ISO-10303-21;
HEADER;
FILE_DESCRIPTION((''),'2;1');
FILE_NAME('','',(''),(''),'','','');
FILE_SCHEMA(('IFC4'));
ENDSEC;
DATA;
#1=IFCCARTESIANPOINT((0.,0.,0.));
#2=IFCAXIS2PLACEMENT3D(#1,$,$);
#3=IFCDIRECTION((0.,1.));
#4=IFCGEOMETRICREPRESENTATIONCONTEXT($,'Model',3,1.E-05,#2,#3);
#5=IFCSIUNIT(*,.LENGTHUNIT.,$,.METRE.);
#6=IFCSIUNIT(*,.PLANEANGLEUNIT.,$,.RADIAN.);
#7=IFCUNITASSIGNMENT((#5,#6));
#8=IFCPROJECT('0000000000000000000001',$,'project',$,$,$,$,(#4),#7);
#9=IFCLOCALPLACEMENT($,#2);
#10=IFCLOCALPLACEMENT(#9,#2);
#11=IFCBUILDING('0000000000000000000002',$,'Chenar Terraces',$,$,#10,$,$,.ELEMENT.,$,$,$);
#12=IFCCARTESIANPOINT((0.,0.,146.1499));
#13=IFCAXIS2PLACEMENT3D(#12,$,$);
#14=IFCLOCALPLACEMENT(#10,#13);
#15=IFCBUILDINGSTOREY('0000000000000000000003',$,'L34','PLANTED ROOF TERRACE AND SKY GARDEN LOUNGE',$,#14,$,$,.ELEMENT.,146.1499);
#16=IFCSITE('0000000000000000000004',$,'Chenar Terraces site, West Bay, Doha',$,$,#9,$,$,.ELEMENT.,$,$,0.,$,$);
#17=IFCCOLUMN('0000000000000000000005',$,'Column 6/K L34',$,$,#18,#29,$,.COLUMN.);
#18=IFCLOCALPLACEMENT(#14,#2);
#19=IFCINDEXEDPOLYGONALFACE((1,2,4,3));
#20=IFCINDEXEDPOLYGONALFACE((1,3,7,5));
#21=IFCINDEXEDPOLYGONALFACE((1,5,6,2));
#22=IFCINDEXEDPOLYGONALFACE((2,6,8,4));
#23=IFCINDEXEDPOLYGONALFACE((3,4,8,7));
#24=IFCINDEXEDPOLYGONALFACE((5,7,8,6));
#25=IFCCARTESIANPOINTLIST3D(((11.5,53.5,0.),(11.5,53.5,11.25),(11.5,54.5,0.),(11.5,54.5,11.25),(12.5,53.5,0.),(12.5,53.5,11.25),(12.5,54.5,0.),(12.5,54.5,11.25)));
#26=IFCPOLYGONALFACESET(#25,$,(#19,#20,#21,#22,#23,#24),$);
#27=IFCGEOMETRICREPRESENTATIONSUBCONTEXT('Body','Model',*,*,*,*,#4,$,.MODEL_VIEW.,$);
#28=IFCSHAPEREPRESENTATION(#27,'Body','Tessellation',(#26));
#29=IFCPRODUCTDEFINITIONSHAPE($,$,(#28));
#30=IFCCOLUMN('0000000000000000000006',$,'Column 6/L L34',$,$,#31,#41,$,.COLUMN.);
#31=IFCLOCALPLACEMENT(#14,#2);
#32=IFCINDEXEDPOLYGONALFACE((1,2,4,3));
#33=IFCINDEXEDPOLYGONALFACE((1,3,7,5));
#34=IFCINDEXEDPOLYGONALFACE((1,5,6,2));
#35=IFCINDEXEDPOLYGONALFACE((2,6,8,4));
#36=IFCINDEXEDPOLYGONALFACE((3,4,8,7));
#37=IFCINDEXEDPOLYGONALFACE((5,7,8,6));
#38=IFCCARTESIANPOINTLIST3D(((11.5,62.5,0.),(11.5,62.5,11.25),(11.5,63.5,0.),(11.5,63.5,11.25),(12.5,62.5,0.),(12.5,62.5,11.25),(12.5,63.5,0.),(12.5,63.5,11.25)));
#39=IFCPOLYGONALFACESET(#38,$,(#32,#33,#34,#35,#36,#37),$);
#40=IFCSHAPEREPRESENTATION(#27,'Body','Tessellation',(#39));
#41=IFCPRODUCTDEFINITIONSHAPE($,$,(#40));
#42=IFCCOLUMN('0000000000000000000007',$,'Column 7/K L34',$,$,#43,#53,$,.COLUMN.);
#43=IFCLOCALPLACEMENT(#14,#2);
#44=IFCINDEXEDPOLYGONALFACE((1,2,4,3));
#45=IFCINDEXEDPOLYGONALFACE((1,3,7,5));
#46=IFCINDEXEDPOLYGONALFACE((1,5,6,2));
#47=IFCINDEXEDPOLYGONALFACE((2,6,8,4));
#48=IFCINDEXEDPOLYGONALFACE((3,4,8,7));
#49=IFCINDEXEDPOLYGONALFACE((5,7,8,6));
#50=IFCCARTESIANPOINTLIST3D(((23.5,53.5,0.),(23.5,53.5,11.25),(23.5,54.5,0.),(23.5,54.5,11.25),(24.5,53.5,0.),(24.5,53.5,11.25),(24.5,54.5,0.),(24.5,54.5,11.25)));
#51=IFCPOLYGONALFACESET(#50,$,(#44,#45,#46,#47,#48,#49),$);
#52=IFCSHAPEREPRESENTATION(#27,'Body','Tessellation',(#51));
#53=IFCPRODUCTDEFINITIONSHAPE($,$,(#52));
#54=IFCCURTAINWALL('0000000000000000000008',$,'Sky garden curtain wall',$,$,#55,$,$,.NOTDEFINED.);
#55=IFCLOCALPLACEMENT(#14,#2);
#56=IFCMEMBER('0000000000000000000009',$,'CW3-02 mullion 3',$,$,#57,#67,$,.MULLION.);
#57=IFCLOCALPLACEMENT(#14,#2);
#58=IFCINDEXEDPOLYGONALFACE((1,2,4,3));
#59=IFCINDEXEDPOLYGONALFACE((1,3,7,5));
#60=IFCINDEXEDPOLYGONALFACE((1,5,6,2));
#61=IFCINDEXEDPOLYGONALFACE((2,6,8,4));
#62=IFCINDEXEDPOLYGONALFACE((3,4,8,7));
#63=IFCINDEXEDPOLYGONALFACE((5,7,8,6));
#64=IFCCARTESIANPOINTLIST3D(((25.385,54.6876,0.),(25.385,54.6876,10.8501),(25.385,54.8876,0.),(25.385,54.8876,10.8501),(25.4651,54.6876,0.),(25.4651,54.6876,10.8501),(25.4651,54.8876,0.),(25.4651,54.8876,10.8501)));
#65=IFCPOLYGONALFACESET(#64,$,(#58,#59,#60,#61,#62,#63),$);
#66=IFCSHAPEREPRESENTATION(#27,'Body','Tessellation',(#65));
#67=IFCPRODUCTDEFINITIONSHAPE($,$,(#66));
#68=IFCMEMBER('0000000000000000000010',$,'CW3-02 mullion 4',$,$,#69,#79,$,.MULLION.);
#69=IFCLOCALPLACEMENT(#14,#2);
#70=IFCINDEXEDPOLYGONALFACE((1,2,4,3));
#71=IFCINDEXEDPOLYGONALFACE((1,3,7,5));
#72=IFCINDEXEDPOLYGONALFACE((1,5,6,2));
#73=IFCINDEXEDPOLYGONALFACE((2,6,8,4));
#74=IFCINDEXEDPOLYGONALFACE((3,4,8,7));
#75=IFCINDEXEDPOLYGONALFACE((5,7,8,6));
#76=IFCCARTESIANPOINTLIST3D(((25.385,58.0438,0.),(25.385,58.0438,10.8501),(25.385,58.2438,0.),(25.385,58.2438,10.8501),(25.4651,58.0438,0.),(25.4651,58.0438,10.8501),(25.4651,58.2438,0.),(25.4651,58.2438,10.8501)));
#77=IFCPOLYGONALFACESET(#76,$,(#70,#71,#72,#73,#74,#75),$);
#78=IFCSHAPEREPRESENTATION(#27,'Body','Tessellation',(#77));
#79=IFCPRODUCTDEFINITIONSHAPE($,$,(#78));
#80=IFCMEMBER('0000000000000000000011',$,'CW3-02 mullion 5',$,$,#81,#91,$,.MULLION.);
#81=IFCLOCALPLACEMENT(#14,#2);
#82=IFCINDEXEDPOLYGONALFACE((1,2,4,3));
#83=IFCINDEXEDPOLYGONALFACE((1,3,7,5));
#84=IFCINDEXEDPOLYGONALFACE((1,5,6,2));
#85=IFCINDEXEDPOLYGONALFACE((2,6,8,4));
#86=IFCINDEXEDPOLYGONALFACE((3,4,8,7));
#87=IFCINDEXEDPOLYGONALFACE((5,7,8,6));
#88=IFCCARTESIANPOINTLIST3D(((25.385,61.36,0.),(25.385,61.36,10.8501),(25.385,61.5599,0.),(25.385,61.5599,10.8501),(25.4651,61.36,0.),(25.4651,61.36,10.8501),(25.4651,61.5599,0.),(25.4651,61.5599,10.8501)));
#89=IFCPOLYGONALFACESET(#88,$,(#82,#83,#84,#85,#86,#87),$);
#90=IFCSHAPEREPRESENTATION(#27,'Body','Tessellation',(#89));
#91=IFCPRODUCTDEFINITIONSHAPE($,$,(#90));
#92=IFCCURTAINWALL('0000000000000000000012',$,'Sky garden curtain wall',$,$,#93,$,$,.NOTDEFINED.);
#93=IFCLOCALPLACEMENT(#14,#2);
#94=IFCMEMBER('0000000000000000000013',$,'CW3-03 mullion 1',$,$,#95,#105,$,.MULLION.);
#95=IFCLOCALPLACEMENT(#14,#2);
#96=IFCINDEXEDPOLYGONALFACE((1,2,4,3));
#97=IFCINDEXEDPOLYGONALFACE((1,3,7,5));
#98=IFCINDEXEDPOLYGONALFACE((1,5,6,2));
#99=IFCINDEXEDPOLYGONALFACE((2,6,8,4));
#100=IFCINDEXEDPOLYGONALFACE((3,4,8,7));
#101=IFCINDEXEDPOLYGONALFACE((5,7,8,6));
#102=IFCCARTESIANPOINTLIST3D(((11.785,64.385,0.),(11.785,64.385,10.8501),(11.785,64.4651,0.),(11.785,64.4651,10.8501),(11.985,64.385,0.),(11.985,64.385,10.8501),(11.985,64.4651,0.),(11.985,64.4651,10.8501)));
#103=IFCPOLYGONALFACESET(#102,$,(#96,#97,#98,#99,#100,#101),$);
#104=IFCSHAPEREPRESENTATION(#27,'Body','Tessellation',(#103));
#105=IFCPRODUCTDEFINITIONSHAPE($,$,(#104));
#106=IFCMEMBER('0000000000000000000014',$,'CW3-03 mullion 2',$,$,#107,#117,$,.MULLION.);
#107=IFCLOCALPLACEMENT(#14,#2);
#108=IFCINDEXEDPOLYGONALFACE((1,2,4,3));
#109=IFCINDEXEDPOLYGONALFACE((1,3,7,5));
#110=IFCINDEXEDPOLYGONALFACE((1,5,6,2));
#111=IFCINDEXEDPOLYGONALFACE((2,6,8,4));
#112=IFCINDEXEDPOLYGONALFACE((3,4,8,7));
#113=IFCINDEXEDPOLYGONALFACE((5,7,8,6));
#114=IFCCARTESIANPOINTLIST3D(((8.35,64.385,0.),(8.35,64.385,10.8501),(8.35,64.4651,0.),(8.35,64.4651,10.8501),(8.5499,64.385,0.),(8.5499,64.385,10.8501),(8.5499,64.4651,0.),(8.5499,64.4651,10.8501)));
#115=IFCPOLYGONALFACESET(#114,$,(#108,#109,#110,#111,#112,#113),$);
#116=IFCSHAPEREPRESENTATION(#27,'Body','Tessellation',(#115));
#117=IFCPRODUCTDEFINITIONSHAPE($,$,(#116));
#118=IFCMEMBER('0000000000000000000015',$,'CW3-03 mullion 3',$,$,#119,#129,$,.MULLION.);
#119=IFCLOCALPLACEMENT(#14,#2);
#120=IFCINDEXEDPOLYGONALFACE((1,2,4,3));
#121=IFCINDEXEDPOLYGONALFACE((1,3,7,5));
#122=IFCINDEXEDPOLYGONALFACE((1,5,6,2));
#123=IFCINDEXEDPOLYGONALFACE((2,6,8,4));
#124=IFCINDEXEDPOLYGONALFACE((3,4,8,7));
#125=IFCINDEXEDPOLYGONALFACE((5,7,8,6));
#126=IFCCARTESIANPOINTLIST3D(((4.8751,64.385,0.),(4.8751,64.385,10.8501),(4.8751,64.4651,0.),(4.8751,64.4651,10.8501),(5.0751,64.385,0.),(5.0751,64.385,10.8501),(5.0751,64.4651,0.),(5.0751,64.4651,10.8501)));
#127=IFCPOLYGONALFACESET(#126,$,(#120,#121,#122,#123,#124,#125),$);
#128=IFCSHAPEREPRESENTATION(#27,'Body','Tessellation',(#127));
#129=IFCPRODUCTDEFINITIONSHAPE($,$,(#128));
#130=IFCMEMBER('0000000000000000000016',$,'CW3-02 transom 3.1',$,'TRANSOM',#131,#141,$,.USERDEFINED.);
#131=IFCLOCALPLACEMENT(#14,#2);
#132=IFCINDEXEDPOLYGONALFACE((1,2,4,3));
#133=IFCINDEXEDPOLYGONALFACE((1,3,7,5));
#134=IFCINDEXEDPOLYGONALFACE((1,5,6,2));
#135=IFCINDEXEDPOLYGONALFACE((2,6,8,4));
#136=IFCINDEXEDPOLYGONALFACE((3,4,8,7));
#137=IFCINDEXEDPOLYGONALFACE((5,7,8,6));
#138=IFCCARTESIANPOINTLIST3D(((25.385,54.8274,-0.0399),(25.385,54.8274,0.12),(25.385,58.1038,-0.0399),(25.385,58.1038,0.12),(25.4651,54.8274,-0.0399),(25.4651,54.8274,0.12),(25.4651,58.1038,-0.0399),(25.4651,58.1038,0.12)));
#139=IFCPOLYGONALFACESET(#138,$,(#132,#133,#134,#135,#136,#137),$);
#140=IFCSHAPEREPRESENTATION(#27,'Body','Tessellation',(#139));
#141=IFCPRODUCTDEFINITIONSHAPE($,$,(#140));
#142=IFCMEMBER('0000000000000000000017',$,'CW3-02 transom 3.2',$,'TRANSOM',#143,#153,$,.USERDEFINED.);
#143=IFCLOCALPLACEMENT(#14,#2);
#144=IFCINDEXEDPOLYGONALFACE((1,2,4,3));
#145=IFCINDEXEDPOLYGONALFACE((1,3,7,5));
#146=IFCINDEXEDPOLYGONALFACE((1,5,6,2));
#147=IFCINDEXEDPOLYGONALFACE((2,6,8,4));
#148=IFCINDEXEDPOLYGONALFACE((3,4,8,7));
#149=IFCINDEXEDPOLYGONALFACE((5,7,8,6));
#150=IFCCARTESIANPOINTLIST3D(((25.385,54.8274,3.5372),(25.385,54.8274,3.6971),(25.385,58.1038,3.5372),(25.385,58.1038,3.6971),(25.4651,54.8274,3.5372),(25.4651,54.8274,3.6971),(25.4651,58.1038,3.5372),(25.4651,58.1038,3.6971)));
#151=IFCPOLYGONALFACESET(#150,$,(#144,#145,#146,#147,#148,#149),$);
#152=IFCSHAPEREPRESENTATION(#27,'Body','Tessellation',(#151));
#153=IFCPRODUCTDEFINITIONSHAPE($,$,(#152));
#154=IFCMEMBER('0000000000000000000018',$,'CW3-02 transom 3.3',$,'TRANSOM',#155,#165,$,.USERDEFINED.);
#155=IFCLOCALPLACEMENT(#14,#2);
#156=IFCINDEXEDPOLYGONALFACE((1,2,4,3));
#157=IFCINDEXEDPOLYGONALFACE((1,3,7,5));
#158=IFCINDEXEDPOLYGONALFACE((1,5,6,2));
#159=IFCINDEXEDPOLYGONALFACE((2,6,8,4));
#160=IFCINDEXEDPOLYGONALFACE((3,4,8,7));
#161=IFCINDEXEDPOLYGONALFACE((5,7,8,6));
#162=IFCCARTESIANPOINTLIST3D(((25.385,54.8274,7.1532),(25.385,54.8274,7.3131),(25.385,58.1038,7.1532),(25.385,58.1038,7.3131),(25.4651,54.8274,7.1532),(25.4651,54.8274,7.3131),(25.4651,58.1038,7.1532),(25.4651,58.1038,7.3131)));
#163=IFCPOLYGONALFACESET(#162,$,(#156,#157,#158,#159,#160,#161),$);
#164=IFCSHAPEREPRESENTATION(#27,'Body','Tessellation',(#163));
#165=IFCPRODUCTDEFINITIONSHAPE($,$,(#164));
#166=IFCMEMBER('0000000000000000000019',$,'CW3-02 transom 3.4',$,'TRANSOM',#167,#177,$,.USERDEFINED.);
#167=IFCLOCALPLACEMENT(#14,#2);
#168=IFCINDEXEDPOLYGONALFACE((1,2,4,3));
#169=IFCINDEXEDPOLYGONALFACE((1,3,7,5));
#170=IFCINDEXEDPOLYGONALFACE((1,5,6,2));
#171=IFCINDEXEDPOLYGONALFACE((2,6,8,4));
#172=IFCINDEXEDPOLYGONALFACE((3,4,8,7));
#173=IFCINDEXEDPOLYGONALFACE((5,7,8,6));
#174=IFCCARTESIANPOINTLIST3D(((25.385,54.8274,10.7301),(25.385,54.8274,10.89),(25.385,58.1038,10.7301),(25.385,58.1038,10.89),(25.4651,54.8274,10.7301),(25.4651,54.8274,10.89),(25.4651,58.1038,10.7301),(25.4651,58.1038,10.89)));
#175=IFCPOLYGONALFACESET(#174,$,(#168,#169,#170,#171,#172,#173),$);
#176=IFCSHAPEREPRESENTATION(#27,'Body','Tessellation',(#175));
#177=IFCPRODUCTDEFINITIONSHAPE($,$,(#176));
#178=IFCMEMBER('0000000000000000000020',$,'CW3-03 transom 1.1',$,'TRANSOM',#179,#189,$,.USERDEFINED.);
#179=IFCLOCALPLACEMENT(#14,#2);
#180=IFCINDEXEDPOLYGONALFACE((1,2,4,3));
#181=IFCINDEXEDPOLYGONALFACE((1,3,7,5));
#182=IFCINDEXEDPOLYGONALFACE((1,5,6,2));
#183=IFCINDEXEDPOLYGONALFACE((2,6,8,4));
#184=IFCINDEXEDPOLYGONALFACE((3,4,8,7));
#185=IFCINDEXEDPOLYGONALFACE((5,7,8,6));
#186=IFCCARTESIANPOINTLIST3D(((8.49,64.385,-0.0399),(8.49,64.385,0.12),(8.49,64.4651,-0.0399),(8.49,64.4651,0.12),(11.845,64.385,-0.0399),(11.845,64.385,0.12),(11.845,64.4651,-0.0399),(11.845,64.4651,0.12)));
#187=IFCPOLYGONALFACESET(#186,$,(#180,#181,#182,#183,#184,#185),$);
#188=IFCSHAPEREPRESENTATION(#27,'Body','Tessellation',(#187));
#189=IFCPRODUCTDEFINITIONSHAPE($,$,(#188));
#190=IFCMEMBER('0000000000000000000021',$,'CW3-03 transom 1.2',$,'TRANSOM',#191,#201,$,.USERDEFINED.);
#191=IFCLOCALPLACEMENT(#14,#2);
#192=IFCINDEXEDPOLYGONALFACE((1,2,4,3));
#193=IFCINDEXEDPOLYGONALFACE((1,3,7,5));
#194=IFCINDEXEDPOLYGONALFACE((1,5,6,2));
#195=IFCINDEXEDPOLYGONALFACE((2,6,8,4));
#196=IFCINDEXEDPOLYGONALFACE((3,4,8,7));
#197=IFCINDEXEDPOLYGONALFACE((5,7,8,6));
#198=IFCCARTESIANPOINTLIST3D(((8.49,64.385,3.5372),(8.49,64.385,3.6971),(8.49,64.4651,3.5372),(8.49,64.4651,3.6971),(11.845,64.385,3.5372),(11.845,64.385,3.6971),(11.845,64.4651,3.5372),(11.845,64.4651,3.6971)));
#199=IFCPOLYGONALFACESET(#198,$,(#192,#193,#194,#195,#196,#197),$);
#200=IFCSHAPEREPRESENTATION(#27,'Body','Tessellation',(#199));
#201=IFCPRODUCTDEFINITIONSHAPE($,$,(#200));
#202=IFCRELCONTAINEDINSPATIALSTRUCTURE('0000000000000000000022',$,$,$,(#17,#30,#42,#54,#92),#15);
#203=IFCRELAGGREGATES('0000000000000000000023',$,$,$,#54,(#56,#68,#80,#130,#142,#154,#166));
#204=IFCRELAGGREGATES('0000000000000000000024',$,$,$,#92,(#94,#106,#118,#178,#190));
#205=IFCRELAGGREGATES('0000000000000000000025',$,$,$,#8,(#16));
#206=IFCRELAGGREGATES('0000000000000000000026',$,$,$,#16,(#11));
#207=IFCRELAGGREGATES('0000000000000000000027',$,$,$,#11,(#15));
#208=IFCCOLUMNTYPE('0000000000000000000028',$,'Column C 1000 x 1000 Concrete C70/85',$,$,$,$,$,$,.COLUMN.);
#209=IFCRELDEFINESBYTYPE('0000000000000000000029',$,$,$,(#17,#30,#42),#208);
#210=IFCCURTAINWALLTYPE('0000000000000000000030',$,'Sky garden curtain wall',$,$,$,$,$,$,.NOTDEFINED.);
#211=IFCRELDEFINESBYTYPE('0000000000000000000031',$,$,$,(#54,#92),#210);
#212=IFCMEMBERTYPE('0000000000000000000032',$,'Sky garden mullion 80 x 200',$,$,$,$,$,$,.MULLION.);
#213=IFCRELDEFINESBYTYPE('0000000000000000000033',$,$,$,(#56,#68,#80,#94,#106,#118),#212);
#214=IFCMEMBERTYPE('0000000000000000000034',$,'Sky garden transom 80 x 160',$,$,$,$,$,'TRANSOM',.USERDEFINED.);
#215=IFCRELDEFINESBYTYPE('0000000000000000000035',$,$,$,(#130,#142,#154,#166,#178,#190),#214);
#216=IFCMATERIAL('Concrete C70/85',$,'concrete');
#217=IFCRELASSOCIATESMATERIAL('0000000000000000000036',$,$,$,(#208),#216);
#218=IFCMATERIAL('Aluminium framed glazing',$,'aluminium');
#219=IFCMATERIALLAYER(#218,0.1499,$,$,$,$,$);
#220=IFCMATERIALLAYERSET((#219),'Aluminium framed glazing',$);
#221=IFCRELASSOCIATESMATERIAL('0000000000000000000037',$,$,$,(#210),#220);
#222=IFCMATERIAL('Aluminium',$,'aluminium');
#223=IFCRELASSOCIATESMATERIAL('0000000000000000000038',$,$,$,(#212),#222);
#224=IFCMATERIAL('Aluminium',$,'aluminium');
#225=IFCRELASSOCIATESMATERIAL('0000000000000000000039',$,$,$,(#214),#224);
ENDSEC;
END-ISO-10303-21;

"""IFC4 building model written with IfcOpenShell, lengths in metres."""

from ifc_helpers import new_model, si_unit, direction, frame, origin, origin_2d, place, context, subcontext, project, spatial, rectangle, extrude, material, layer, layer_set, material_profile, profile_set, type_object, element, aggregate, save


model = new_model("IFC4")

# Units and contexts
model_context = context("Model", 3, precision=1e-05, world=origin(), true_north=direction((0.0, 1.0)))
body_context = subcontext(model_context, "Body", "Model", "MODEL_VIEW")
ifc_project = project(units=[si_unit("LENGTHUNIT", "METRE"), si_unit("PLANEANGLEUNIT", "RADIAN")], contexts=[model_context])

# Site, building, storey
site_placement = place(None, origin())
site = spatial("IfcSite", under=ifc_project, at=site_placement, Name="Chenar Terraces site, West Bay, Doha", CompositionType="ELEMENT", RefElevation=0.0)
building_placement = place(site_placement, origin())
building = spatial("IfcBuilding", under=site, at=building_placement, Name="Chenar Terraces", CompositionType="ELEMENT")
storey_placement = place(building_placement, frame((0.0, 0.0, 146.1499)))
storey = spatial("IfcBuildingStorey", under=building, at=storey_placement, Name="L34", Description="PLANTED ROOF TERRACE AND SKY GARDEN LOUNGE", CompositionType="ELEMENT", Elevation=146.1499)

# Columns
ifc_material_1 = material(Name="Concrete C70/85", Category="concrete")
ifc_material_profile_1 = material_profile(ifc_material_1, rectangle(XDim=1.0, YDim=1.0, at=origin_2d()), Name="C 1000 x 1000")
ifc_profile_set_1 = profile_set([ifc_material_profile_1], Name="Concrete C70/85")
column_type = type_object("IfcColumnType", Name="Column C 1000 x 1000 Concrete C70/85", PredefinedType="COLUMN", material=ifc_profile_set_1)
for number, where, z_axis, x_axis, name in (
    (1, (12.0, 54.0, 0.0), (0.0, 0.0, 1.0), (1.0, 0.0, 0.0), "Column 6/K L34"),
    (2, (12.0, 63.0, 0.0), (0.0, 0.0, 1.0), (1.0, 0.0, 0.0), "Column 6/L L34"),
    (3, (24.0, 54.0, 0.0), (0.0, 0.0, 1.0), (1.0, 0.0, 0.0), "Column 7/K L34"),
):
    element("IfcColumn", number, at=place(storey_placement, frame(where, z_axis=z_axis, x_axis=x_axis)), inside=storey, type_object=column_type, Name=name, PredefinedType="COLUMN", context=body_context, shape_type="SweptSolid", body=[
        extrude(rectangle(XDim=1.0, YDim=1.0, at=origin_2d()), origin(), (0.0, 0.0, 1.0), 11.25),
    ])

# Curtain walls, members
ifc_material_2 = material(Name="Aluminium framed glazing", Category="aluminium")
ifc_layer_1 = layer(ifc_material_2, 0.1499)
ifc_layer_set_1 = layer_set([ifc_layer_1], Name="Aluminium framed glazing")
curtain_wall_type = type_object("IfcCurtainWallType", Name="Sky garden curtain wall", PredefinedType="NOTDEFINED", material=ifc_layer_set_1)
placement = place(storey_placement, origin())
curtain_wall_1 = element("IfcCurtainWall", 4, at=placement, inside=storey, type_object=curtain_wall_type, Name="Sky garden curtain wall", PredefinedType="NOTDEFINED")
ifc_material_3 = material(Name="Aluminium", Category="aluminium")
ifc_material_profile_2 = material_profile(ifc_material_3, rectangle(XDim=0.0801, YDim=0.2, at=origin_2d()), Name="Sky garden mullion 80 x 200")
ifc_profile_set_2 = profile_set([ifc_material_profile_2], Name="Aluminium")
member_type_1 = type_object("IfcMemberType", Name="Sky garden mullion 80 x 200", PredefinedType="MULLION", material=ifc_profile_set_2)
member_1_placement = place(storey_placement, frame((25.425, 54.7876, 0.0), z_axis=(0.0, 0.0, 1.0), x_axis=(-1.0, 0.0, 0.0)))
member_1 = element("IfcMember", 5, at=member_1_placement, type_object=member_type_1, Name="CW3-02 mullion 3", PredefinedType="MULLION", context=body_context, shape_type="SweptSolid", body=[
    extrude(rectangle(XDim=0.0801, YDim=0.2, at=origin_2d()), origin(), (0.0, 0.0, 1.0), 10.8501),
])
member_2_placement = place(storey_placement, frame((25.425, 58.1438, 0.0), z_axis=(0.0, 0.0, 1.0), x_axis=(-1.0, 0.0, 0.0)))
member_2 = element("IfcMember", 6, at=member_2_placement, type_object=member_type_1, Name="CW3-02 mullion 4", PredefinedType="MULLION", context=body_context, shape_type="SweptSolid", body=[
    extrude(rectangle(XDim=0.0801, YDim=0.2, at=origin_2d()), origin(), (0.0, 0.0, 1.0), 10.8501),
])
member_3_placement = place(storey_placement, frame((25.425, 61.46, 0.0), z_axis=(0.0, 0.0, 1.0), x_axis=(-1.0, 0.0, 0.0)))
member_3 = element("IfcMember", 7, at=member_3_placement, type_object=member_type_1, Name="CW3-02 mullion 5", PredefinedType="MULLION", context=body_context, shape_type="SweptSolid", body=[
    extrude(rectangle(XDim=0.0801, YDim=0.2, at=origin_2d()), origin(), (0.0, 0.0, 1.0), 10.8501),
])
curtain_wall_2 = element("IfcCurtainWall", 8, at=placement, inside=storey, type_object=curtain_wall_type, Name="Sky garden curtain wall", PredefinedType="NOTDEFINED")
member_4_placement = place(storey_placement, frame((11.885, 64.425, 0.0), z_axis=(0.0, 0.0, 1.0), x_axis=(0.0, -1.0, 0.0)))
member_4 = element("IfcMember", 9, at=member_4_placement, type_object=member_type_1, Name="CW3-03 mullion 1", PredefinedType="MULLION", context=body_context, shape_type="SweptSolid", body=[
    extrude(rectangle(XDim=0.0801, YDim=0.2, at=origin_2d()), origin(), (0.0, 0.0, 1.0), 10.8501),
])
member_5_placement = place(storey_placement, frame((8.45, 64.425, 0.0), z_axis=(0.0, 0.0, 1.0), x_axis=(0.0, -1.0, 0.0)))
member_5 = element("IfcMember", 10, at=member_5_placement, type_object=member_type_1, Name="CW3-03 mullion 2", PredefinedType="MULLION", context=body_context, shape_type="SweptSolid", body=[
    extrude(rectangle(XDim=0.0801, YDim=0.2, at=origin_2d()), origin(), (0.0, 0.0, 1.0), 10.8501),
])
member_6_placement = place(storey_placement, frame((4.9751, 64.425, 0.0), z_axis=(0.0, 0.0, 1.0), x_axis=(0.0, -1.0, 0.0)))
member_6 = element("IfcMember", 11, at=member_6_placement, type_object=member_type_1, Name="CW3-03 mullion 3", PredefinedType="MULLION", context=body_context, shape_type="SweptSolid", body=[
    extrude(rectangle(XDim=0.0801, YDim=0.2, at=origin_2d()), origin(), (0.0, 0.0, 1.0), 10.8501),
])

# Members
ifc_material_4 = material(Name="Aluminium", Category="aluminium")
ifc_material_profile_3 = material_profile(ifc_material_4, rectangle(XDim=0.0801, YDim=0.1599, at=origin_2d()), Name="Sky garden transom 80 x 160")
ifc_profile_set_3 = profile_set([ifc_material_profile_3], Name="Aluminium")
member_type_2 = type_object("IfcMemberType", Name="Sky garden transom 80 x 160", ElementType="TRANSOM", PredefinedType="USERDEFINED", material=ifc_profile_set_3)
member_7_placement = place(storey_placement, frame((25.425, 54.8274, 0.04), z_axis=(0.0, 1.0, 0.0), x_axis=(-1.0, 0.0, 0.0)))
member_7 = element("IfcMember", 12, at=member_7_placement, type_object=member_type_2, Name="CW3-02 transom 3.1", ObjectType="TRANSOM", PredefinedType="USERDEFINED", context=body_context, shape_type="SweptSolid", body=[
    extrude(rectangle(XDim=0.0801, YDim=0.1599, at=origin_2d()), origin(), (0.0, 0.0, 1.0), 3.2764),
])
member_8_placement = place(storey_placement, frame((25.425, 54.8274, 3.6172), z_axis=(0.0, 1.0, 0.0), x_axis=(-1.0, 0.0, 0.0)))
member_8 = element("IfcMember", 13, at=member_8_placement, type_object=member_type_2, Name="CW3-02 transom 3.2", ObjectType="TRANSOM", PredefinedType="USERDEFINED", context=body_context, shape_type="SweptSolid", body=[
    extrude(rectangle(XDim=0.0801, YDim=0.1599, at=origin_2d()), origin(), (0.0, 0.0, 1.0), 3.2764),
])
member_9_placement = place(storey_placement, frame((25.425, 54.8274, 7.2332), z_axis=(0.0, 1.0, 0.0), x_axis=(-1.0, 0.0, 0.0)))
member_9 = element("IfcMember", 14, at=member_9_placement, type_object=member_type_2, Name="CW3-02 transom 3.3", ObjectType="TRANSOM", PredefinedType="USERDEFINED", context=body_context, shape_type="SweptSolid", body=[
    extrude(rectangle(XDim=0.0801, YDim=0.1599, at=origin_2d()), origin(), (0.0, 0.0, 1.0), 3.2764),
])
member_10_placement = place(storey_placement, frame((25.425, 54.8274, 10.8101), z_axis=(0.0, 1.0, 0.0), x_axis=(-1.0, 0.0, 0.0)))
member_10 = element("IfcMember", 15, at=member_10_placement, type_object=member_type_2, Name="CW3-02 transom 3.4", ObjectType="TRANSOM", PredefinedType="USERDEFINED", context=body_context, shape_type="SweptSolid", body=[
    extrude(rectangle(XDim=0.0801, YDim=0.1599, at=origin_2d()), origin(), (0.0, 0.0, 1.0), 3.2764),
])
aggregate(curtain_wall_1, [member_1, member_2, member_3, member_7, member_8, member_9, member_10])
member_11_placement = place(storey_placement, frame((11.845, 64.425, 0.04), z_axis=(-1.0, 0.0, 0.0), x_axis=(0.0, -1.0, 0.0)))
member_11 = element("IfcMember", 16, at=member_11_placement, type_object=member_type_2, Name="CW3-03 transom 1.1", ObjectType="TRANSOM", PredefinedType="USERDEFINED", context=body_context, shape_type="SweptSolid", body=[
    extrude(rectangle(XDim=0.0801, YDim=0.1599, at=origin_2d()), origin(), (0.0, 0.0, 1.0), 3.355),
])
member_12_placement = place(storey_placement, frame((11.845, 64.425, 3.6172), z_axis=(-1.0, 0.0, 0.0), x_axis=(0.0, -1.0, 0.0)))
member_12 = element("IfcMember", 17, at=member_12_placement, type_object=member_type_2, Name="CW3-03 transom 1.2", ObjectType="TRANSOM", PredefinedType="USERDEFINED", context=body_context, shape_type="SweptSolid", body=[
    extrude(rectangle(XDim=0.0801, YDim=0.1599, at=origin_2d()), origin(), (0.0, 0.0, 1.0), 3.355),
])

aggregate(curtain_wall_2, [member_4, member_5, member_6, member_11, member_12])

save(model, "model.ifc")
